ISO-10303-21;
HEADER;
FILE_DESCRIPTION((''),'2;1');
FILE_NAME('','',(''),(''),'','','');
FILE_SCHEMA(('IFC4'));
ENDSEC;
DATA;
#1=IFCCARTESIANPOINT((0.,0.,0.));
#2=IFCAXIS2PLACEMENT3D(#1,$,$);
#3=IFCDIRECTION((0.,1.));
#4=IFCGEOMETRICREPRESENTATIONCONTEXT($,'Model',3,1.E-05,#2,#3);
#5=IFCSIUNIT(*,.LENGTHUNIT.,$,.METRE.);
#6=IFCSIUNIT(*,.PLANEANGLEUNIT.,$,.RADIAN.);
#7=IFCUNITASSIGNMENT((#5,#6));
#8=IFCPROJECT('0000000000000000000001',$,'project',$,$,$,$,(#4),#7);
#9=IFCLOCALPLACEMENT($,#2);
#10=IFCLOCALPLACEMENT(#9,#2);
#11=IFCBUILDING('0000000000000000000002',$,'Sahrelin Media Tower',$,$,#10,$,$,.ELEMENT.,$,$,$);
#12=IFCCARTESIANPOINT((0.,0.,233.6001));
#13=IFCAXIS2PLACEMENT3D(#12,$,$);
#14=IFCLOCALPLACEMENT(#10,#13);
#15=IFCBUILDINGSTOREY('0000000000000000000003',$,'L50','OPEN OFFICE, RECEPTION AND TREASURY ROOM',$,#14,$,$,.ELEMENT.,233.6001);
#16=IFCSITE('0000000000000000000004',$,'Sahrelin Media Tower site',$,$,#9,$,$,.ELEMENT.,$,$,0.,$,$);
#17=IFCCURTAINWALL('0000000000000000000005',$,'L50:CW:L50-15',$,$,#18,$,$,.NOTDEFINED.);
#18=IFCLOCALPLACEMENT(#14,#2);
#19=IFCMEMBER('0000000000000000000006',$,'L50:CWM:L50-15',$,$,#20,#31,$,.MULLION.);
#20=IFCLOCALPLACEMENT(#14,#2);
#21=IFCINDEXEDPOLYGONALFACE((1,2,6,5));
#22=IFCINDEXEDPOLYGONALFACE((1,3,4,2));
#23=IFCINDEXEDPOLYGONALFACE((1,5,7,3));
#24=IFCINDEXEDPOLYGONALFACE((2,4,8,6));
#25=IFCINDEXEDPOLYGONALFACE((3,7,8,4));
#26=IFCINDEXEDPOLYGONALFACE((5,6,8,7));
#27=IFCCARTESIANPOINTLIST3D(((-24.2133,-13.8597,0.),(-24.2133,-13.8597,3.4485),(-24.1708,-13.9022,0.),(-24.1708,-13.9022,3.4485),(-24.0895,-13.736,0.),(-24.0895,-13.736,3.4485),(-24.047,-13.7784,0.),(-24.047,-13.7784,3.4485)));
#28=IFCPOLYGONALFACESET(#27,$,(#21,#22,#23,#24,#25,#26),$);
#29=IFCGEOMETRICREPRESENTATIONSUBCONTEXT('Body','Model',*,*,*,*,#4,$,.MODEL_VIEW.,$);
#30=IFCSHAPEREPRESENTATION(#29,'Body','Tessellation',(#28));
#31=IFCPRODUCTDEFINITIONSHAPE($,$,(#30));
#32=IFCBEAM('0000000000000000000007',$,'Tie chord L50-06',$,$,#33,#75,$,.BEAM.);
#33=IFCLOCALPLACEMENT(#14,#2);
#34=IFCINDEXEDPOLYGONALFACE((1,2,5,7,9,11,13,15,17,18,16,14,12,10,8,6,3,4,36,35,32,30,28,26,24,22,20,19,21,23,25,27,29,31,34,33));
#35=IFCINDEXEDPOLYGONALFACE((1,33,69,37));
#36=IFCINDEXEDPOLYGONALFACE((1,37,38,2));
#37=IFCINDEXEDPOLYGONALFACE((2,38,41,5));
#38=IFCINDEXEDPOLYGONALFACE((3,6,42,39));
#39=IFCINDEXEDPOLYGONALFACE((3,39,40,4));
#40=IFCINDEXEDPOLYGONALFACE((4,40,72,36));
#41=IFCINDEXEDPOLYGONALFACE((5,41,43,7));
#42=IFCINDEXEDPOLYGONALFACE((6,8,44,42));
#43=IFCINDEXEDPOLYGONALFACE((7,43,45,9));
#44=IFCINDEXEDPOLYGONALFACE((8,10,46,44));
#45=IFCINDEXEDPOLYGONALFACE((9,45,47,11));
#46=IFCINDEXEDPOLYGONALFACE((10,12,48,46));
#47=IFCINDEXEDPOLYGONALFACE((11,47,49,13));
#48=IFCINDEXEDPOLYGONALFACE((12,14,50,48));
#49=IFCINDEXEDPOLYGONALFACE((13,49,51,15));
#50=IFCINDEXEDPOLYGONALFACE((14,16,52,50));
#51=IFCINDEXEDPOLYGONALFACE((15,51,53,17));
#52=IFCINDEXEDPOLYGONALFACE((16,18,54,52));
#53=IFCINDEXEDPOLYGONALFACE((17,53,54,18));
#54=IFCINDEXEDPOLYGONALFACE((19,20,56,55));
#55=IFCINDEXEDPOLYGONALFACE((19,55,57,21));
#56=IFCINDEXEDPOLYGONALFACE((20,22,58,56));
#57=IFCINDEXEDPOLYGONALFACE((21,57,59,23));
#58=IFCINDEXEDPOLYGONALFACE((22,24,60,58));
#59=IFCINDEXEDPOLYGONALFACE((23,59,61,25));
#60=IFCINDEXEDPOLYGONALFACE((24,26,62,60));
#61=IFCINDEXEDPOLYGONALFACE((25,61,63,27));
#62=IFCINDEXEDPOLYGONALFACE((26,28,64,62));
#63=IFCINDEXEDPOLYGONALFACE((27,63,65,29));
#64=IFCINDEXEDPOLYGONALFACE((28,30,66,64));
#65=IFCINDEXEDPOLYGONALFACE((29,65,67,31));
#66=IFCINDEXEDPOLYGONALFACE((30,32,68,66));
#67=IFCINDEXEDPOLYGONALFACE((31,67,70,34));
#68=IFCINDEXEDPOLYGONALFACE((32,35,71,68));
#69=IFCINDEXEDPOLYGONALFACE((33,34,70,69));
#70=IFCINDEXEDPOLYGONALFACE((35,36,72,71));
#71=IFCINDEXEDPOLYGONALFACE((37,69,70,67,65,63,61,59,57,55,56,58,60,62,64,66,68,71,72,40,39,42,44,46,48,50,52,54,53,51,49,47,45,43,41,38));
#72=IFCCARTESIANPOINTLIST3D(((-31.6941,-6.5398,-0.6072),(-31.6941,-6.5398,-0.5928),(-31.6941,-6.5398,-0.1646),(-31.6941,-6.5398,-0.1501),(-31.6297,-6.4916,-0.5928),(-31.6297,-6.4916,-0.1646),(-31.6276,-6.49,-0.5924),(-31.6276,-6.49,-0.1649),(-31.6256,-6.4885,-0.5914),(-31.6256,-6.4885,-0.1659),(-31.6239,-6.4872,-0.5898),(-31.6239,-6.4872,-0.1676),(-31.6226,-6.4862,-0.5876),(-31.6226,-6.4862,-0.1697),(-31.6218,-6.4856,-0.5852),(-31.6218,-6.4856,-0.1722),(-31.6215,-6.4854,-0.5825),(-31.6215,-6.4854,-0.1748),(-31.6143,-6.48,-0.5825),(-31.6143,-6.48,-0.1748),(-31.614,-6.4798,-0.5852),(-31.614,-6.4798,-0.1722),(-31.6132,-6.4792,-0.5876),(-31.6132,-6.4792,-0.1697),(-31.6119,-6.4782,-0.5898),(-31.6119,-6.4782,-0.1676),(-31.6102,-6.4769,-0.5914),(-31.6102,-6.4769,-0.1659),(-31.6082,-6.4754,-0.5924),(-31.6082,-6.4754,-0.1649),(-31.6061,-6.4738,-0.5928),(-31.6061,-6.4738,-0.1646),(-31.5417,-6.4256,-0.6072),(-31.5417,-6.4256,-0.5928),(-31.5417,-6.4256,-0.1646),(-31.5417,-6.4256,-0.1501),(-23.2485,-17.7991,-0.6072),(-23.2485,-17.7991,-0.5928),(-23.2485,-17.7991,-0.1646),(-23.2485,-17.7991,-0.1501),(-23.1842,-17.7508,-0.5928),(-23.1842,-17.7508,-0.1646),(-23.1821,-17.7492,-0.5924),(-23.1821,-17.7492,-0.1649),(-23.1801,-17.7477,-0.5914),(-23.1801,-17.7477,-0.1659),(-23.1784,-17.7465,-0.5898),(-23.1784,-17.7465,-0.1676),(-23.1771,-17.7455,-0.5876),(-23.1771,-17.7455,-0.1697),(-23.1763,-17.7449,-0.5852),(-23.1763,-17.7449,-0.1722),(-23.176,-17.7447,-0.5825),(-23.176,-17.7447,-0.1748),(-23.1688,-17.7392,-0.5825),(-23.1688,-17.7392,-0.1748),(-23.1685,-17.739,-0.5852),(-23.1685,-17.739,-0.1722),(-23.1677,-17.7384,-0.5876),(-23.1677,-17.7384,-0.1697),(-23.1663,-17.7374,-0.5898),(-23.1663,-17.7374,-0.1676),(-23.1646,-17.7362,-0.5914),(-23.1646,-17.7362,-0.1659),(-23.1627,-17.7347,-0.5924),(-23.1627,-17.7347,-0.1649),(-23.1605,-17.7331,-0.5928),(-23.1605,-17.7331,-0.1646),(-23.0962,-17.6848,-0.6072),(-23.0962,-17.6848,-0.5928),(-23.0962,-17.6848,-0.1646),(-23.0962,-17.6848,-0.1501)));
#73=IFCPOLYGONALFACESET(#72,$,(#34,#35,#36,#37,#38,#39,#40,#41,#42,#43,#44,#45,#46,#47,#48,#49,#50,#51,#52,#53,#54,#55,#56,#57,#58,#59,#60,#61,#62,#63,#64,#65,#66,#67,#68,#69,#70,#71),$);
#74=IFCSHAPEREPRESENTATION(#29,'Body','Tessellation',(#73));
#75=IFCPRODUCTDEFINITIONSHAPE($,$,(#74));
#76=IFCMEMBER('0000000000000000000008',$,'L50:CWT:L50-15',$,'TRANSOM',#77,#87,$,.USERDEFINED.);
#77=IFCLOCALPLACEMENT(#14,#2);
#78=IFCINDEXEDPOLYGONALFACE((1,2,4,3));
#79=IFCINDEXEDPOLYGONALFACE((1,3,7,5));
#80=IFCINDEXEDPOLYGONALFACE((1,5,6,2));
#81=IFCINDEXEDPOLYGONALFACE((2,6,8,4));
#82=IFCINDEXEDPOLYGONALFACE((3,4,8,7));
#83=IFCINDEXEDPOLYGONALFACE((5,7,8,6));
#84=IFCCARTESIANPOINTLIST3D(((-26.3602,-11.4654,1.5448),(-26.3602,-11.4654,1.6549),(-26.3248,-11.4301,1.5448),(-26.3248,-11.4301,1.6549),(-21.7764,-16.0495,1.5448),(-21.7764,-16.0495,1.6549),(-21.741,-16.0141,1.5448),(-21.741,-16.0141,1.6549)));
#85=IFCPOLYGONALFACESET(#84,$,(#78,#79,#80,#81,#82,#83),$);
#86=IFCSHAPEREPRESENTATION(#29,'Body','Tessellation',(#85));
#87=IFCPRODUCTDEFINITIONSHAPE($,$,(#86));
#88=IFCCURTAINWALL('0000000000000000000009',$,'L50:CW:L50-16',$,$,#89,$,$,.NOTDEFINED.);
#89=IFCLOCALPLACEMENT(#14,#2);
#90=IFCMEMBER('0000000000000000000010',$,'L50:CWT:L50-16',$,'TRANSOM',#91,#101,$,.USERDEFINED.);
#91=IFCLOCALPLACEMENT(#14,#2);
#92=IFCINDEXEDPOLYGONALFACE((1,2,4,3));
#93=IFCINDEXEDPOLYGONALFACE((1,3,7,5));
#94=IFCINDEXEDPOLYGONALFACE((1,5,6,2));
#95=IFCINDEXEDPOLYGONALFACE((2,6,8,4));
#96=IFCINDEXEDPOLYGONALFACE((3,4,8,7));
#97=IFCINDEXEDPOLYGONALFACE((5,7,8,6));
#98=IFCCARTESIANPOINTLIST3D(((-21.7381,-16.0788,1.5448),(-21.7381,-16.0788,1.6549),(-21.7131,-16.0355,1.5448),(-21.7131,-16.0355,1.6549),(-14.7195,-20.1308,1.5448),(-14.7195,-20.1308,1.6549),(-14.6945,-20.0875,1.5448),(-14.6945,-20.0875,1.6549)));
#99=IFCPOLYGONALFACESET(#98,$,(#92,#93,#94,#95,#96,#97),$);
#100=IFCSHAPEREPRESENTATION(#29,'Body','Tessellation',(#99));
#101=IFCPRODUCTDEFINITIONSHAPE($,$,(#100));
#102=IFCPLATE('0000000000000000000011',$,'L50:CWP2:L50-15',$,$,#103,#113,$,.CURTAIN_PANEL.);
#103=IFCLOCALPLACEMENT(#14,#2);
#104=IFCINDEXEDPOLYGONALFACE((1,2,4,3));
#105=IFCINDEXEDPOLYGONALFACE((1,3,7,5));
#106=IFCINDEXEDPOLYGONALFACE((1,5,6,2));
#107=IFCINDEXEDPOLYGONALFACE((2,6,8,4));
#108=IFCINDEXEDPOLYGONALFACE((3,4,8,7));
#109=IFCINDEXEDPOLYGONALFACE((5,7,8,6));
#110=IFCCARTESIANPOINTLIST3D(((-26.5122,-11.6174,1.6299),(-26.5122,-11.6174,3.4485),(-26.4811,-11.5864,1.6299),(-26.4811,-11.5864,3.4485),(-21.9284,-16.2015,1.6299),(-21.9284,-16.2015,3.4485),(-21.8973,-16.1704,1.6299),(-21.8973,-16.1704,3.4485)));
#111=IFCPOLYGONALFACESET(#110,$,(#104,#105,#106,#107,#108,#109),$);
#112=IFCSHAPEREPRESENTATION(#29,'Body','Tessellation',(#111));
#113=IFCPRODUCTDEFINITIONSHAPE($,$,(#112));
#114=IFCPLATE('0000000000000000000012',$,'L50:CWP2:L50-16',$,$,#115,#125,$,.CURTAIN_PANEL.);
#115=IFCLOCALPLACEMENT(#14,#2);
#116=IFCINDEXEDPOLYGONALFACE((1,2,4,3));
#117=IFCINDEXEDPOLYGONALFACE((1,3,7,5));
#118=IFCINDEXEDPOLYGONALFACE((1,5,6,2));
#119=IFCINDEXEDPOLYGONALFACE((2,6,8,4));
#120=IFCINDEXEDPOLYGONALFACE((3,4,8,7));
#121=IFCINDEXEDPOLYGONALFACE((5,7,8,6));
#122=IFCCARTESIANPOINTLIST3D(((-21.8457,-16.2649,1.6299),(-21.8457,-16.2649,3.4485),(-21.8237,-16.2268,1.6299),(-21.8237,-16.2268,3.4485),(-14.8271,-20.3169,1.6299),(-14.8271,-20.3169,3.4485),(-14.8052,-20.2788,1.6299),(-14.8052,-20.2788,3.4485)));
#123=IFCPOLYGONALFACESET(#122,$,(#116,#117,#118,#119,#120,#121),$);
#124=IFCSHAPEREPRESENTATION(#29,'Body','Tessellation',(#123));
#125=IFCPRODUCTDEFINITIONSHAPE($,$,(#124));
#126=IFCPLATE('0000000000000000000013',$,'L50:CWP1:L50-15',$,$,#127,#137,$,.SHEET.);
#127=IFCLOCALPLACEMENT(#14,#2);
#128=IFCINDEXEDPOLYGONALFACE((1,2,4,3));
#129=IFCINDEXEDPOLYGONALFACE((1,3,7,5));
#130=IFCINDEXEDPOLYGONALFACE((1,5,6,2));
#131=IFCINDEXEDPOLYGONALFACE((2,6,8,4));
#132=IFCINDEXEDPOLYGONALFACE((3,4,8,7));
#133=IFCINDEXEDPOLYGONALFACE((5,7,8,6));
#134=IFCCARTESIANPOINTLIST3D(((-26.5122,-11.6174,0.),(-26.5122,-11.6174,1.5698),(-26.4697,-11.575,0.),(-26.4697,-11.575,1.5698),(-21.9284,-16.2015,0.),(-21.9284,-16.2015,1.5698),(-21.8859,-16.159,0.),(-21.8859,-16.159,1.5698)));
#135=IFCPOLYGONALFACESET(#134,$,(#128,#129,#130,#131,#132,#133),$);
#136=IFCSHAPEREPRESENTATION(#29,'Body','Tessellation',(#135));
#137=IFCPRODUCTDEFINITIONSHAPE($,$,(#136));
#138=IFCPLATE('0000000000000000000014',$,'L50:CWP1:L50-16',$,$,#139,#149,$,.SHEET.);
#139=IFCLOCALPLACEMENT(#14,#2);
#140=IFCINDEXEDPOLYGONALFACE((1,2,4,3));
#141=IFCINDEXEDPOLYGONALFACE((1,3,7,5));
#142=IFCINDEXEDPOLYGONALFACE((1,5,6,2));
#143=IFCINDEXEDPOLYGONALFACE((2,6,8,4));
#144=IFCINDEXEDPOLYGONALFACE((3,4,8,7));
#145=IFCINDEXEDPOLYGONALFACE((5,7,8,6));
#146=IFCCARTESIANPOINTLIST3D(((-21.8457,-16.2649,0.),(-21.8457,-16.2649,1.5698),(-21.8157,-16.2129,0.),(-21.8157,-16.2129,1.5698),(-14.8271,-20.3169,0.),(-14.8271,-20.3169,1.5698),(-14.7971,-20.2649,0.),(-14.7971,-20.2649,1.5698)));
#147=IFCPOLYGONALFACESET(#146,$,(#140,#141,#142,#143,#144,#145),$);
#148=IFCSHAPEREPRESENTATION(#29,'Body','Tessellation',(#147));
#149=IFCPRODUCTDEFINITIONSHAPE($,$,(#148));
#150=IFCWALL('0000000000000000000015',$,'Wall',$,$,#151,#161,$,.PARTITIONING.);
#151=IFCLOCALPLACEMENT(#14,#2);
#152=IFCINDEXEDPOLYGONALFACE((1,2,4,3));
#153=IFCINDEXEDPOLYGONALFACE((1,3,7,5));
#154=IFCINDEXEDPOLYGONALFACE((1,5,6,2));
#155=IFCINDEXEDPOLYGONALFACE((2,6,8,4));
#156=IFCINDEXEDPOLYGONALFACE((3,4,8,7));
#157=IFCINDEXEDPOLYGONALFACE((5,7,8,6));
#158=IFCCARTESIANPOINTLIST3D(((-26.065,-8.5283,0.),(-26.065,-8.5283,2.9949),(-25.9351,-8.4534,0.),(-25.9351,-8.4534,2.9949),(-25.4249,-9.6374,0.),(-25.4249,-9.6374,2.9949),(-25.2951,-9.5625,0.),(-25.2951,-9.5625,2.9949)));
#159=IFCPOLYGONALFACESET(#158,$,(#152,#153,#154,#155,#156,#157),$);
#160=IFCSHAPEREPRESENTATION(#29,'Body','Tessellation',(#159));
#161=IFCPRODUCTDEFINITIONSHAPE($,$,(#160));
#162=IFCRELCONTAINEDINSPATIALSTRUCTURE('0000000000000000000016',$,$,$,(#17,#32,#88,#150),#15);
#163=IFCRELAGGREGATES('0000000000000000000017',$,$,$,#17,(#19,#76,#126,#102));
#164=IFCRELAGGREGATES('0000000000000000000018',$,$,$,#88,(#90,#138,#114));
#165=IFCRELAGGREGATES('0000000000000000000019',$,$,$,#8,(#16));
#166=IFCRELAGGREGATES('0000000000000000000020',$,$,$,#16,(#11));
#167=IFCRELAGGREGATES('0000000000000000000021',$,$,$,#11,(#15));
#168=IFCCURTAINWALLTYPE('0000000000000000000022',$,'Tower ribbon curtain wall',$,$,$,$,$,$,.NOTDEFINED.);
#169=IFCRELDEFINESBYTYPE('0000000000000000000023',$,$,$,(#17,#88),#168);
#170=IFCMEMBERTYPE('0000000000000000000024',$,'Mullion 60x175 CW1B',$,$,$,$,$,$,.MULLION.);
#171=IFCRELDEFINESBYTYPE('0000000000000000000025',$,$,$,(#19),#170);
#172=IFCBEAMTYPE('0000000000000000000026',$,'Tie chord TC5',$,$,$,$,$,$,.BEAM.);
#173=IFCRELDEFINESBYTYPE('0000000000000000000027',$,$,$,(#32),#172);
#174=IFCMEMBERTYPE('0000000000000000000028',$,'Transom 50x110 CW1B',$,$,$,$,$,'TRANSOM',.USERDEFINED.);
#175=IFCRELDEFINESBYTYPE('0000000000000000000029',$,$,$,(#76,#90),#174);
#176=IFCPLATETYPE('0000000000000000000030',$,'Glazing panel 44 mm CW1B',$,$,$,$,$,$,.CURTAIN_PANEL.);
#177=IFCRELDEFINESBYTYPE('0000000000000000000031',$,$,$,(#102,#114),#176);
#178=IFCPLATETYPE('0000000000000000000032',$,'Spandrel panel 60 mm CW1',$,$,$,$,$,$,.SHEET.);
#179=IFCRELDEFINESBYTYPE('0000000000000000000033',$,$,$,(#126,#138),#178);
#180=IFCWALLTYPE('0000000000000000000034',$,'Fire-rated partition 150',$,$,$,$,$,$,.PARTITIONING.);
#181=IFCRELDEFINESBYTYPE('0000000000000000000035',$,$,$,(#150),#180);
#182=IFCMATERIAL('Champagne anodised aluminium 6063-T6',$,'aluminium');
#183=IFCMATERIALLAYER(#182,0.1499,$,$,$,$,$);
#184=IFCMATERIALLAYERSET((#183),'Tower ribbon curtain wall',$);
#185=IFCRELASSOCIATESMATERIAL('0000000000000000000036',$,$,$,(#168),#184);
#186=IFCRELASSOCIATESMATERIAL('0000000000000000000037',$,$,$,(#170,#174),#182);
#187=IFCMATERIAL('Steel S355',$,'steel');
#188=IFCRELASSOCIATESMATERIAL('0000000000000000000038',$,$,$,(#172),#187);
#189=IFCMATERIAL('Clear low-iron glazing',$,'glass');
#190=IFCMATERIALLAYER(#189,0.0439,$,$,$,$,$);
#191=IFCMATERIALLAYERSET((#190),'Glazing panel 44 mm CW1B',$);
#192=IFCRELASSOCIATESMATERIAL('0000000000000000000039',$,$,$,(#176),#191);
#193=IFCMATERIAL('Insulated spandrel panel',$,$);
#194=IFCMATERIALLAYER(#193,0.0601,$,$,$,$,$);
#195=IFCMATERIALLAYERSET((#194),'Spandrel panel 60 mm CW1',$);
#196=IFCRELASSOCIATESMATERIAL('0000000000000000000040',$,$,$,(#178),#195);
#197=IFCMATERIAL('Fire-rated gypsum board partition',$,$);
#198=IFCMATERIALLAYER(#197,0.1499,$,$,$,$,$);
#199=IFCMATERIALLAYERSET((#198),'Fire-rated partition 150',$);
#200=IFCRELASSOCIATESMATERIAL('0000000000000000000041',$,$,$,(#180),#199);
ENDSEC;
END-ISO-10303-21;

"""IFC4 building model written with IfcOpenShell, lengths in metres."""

from ifc_helpers import new_model, si_unit, direction, frame, frame_2d, origin, origin_2d, place, context, subcontext, project, spatial, polyline, rectangle, i_section, outline, extrude, material, layer, layer_set, material_profile, profile_set, type_object, element, aggregate, save


model = new_model("IFC4")

# Units and contexts
model_context = context("Model", 3, precision=1e-05, world=origin(), true_north=direction((0.0, 1.0)))
body_context = subcontext(model_context, "Body", "Model", "MODEL_VIEW")
ifc_project = project(units=[si_unit("LENGTHUNIT", "METRE"), si_unit("PLANEANGLEUNIT", "RADIAN")], contexts=[model_context])

# Site, building, storey
site_placement = place(None, origin())
site = spatial("IfcSite", under=ifc_project, at=site_placement, Name="Sahrelin Media Tower site", CompositionType="ELEMENT", RefElevation=0.0)
building_placement = place(site_placement, origin())
building = spatial("IfcBuilding", under=site, at=building_placement, Name="Sahrelin Media Tower", CompositionType="ELEMENT")
storey_placement = place(building_placement, frame((0.0, 0.0, 233.6001)))
storey = spatial("IfcBuildingStorey", under=building, at=storey_placement, Name="L50", Description="OPEN OFFICE, RECEPTION AND TREASURY ROOM", CompositionType="ELEMENT", Elevation=233.6001)

# Shared definitions
ifc_material_1 = material(Name="Steel S355", Category="steel")

# Curtain wall, member
ifc_material_2 = material(Name="Champagne anodised aluminium 6063-T6", Category="aluminium")
ifc_layer_1 = layer(ifc_material_2, 0.1499)
ifc_layer_set_1 = layer_set([ifc_layer_1], Name="Tower ribbon curtain wall")
curtain_wall_type = type_object("IfcCurtainWallType", Name="Tower ribbon curtain wall", PredefinedType="NOTDEFINED", material=ifc_layer_set_1)
ifc_material_profile_1 = material_profile(ifc_material_2, rectangle(XDim=0.0601, YDim=0.175, at=origin_2d()), Name="Mullion 60x175")
ifc_profile_set_1 = profile_set([ifc_material_profile_1], Name="Champagne anodised aluminium 6063-T6")
member_type_1 = type_object("IfcMemberType", Name="Mullion 60x175 CW1B", PredefinedType="MULLION", material=ifc_profile_set_1)
curtain_wall_1_placement = place(storey_placement, frame((-24.2063, -13.8953, 0.0), z_axis=(0.0, 0.0, 1.0), x_axis=(1.0, 0.0, 0.0)))
curtain_wall_1 = element("IfcCurtainWall", 1, at=curtain_wall_1_placement, inside=storey, type_object=curtain_wall_type, Name="L50:CW:L50-15", PredefinedType="NOTDEFINED")
member_1_placement = place(storey_placement, frame((-24.1301, -13.8191, 0.0), z_axis=(0.0, 0.0, 1.0), x_axis=(0.707099, -0.707114, 0.0)))
member_1 = element("IfcMember", 2, at=member_1_placement, type_object=member_type_1, Name="L50:CWM:L50-15", PredefinedType="MULLION", context=body_context, shape_type="SweptSolid", body=[
    extrude(rectangle(XDim=0.0601, YDim=0.175, at=origin_2d()), origin(), (0.0, 0.0, 1.0), 3.4485),
])

# Beam
ifc_material_profile_2 = material_profile(ifc_material_1, i_section(OverallWidth=0.1904, OverallDepth=0.457, WebThickness=0.009, FlangeThickness=0.0144, FilletRadius=0.0103, at=origin_2d()), Name="UB 457x191x74")
ifc_profile_set_2 = profile_set([ifc_material_profile_2], Name="Steel S355")
beam_type_1 = type_object("IfcBeamType", Name="Tie chord TC5", PredefinedType="BEAM", material=ifc_profile_set_2)
beam_1_placement = place(storey_placement, frame((-23.1724, -17.7419, -0.3787), z_axis=(-0.60005, 0.799963, 0.0), x_axis=(-0.799963, -0.60005, 0.0)))
element("IfcBeam", 3, at=beam_1_placement, inside=storey, type_object=beam_type_1, Name="Tie chord L50-06", PredefinedType="BEAM", context=body_context, shape_type="SweptSolid", body=[
    extrude(i_section(OverallWidth=0.1904, OverallDepth=0.457, WebThickness=0.009, FlangeThickness=0.0144, FilletRadius=0.0103, at=origin_2d()), origin(), (0.0, 0.0, 1.0), 14.0747),
])

# Member
ifc_material_profile_3 = material_profile(ifc_material_2, rectangle(XDim=0.05, YDim=0.1101, at=origin_2d()), Name="Transom 50x110")
ifc_profile_set_3 = profile_set([ifc_material_profile_3], Name="Champagne anodised aluminium 6063-T6")
member_type_2 = type_object("IfcMemberType", Name="Transom 50x110 CW1B", ElementType="TRANSOM", PredefinedType="USERDEFINED", material=ifc_profile_set_3)
member_2_placement = place(storey_placement, frame((-26.3425, -11.4478, 1.5999), z_axis=(0.707088, -0.707126, 0.0), x_axis=(0.707126, 0.707088, 0.0)))
member_2 = element("IfcMember", 4, at=member_2_placement, type_object=member_type_2, Name="L50:CWT:L50-15", ObjectType="TRANSOM", PredefinedType="USERDEFINED", context=body_context, shape_type="SweptSolid", body=[
    extrude(rectangle(XDim=0.05, YDim=0.1101, at=origin_2d()), origin(), (0.0, 0.0, 1.0), 6.4827),
])

# Curtain wall, member
curtain_wall_2_placement = place(storey_placement, frame((-18.3264, -18.2737, 0.0), z_axis=(0.0, 0.0, 1.0), x_axis=(1.0, 0.0, 0.0)))
curtain_wall_2 = element("IfcCurtainWall", 5, at=curtain_wall_2_placement, inside=storey, type_object=curtain_wall_type, Name="L50:CW:L50-16", PredefinedType="NOTDEFINED")
member_3_placement = place(storey_placement, frame((-21.7256, -16.0571, 1.5999), z_axis=(0.866034, -0.499985, 0.0), x_axis=(0.499985, 0.866034, 0.0)))
member_3 = element("IfcMember", 6, at=member_3_placement, type_object=member_type_2, Name="L50:CWT:L50-16", ObjectType="TRANSOM", PredefinedType="USERDEFINED", context=body_context, shape_type="SweptSolid", body=[
    extrude(rectangle(XDim=0.05, YDim=0.1101, at=origin_2d()), origin(), (0.0, 0.0, 1.0), 8.1042),
])

# Plates
ifc_material_3 = material(Name="Clear low-iron glazing", Category="glass")
ifc_layer_2 = layer(ifc_material_3, 0.0439)
ifc_layer_set_2 = layer_set([ifc_layer_2], Name="Glazing panel 44 mm CW1B")
plate_type_1 = type_object("IfcPlateType", Name="Glazing panel 44 mm CW1B", PredefinedType="CURTAIN_PANEL", material=ifc_layer_set_2)
plate_1_placement = place(storey_placement, frame((-26.5122, -11.6174, 1.6299), z_axis=(-0.707126, -0.707088, 0.0), x_axis=(0.707088, -0.707126, 0.0)))
plate_1 = element("IfcPlate", 7, at=plate_1_placement, type_object=plate_type_1, Name="L50:CWP2:L50-15", PredefinedType="CURTAIN_PANEL", context=body_context, shape_type="SweptSolid", body=[
    extrude(outline(polyline([(0.0, 0.0), (6.4827, 0.0), (6.4827, 1.8186), (0.0, 1.8186), (0.0, 0.0)])), origin(), (0.0, 0.0, -1.0), 0.0439),
])
plate_2_placement = place(storey_placement, frame((-21.8457, -16.2649, 1.6299), z_axis=(-0.499985, -0.866034, 0.0), x_axis=(0.866034, -0.499985, 0.0)))
plate_2 = element("IfcPlate", 8, at=plate_2_placement, type_object=plate_type_1, Name="L50:CWP2:L50-16", PredefinedType="CURTAIN_PANEL", context=body_context, shape_type="SweptSolid", body=[
    extrude(outline(polyline([(0.0, 0.0), (8.1042, 0.0), (8.1042, 1.8186), (0.0, 1.8186), (0.0, 0.0)])), origin(), (0.0, 0.0, -1.0), 0.0439),
])
ifc_material_4 = material(Name="Insulated spandrel panel")
ifc_layer_3 = layer(ifc_material_4, 0.0601)
ifc_layer_set_3 = layer_set([ifc_layer_3], Name="Spandrel panel 60 mm CW1")
plate_type_2 = type_object("IfcPlateType", Name="Spandrel panel 60 mm CW1", PredefinedType="SHEET", material=ifc_layer_set_3)
plate_3_placement = place(storey_placement, frame((-26.5122, -11.6174, 0.0), z_axis=(-0.707126, -0.707088, 0.0), x_axis=(0.707088, -0.707126, 0.0)))
plate_3 = element("IfcPlate", 9, at=plate_3_placement, type_object=plate_type_2, Name="L50:CWP1:L50-15", PredefinedType="SHEET", context=body_context, shape_type="SweptSolid", body=[
    extrude(outline(polyline([(0.0, 0.0), (6.4827, 0.0), (6.4827, 1.5698), (0.0, 1.5698), (0.0, 0.0)])), origin(), (0.0, 0.0, -1.0), 0.0601),
])
aggregate(curtain_wall_1, [member_1, member_2, plate_3, plate_1])
plate_4_placement = place(storey_placement, frame((-21.8457, -16.2649, 0.0), z_axis=(-0.499985, -0.866034, 0.0), x_axis=(0.866034, -0.499985, 0.0)))
plate_4 = element("IfcPlate", 10, at=plate_4_placement, type_object=plate_type_2, Name="L50:CWP1:L50-16", PredefinedType="SHEET", context=body_context, shape_type="SweptSolid", body=[
    extrude(outline(polyline([(0.0, 0.0), (8.1042, 0.0), (8.1042, 1.5698), (0.0, 1.5698), (0.0, 0.0)])), origin(), (0.0, 0.0, -1.0), 0.0601),
])
aggregate(curtain_wall_2, [member_3, plate_4, plate_2])

# Wall
ifc_material_5 = material(Name="Fire-rated gypsum board partition")
ifc_layer_4 = layer(ifc_material_5, 0.1499)
ifc_layer_set_4 = layer_set([ifc_layer_4], Name="Fire-rated partition 150")
wall_type_1 = type_object("IfcWallType", Name="Fire-rated partition 150", PredefinedType="PARTITIONING", material=ifc_layer_set_4)
wall_1_placement = place(storey_placement, frame((-26.0, -8.491, 0.0), z_axis=(0.0, 0.0, 1.0), x_axis=(0.499871, -0.8661, 0.0)))
element("IfcWall", 11, at=wall_1_placement, inside=storey, type_object=wall_type_1, Name="Wall", PredefinedType="PARTITIONING", context=body_context, shape_type="SweptSolid", body=[
    extrude(rectangle(XDim=1.2805, YDim=0.1499, at=frame_2d((0.6401, 0.0))), origin(), (0.0, 0.0, 1.0), 2.9949),
])

save(model, "model.ifc")
